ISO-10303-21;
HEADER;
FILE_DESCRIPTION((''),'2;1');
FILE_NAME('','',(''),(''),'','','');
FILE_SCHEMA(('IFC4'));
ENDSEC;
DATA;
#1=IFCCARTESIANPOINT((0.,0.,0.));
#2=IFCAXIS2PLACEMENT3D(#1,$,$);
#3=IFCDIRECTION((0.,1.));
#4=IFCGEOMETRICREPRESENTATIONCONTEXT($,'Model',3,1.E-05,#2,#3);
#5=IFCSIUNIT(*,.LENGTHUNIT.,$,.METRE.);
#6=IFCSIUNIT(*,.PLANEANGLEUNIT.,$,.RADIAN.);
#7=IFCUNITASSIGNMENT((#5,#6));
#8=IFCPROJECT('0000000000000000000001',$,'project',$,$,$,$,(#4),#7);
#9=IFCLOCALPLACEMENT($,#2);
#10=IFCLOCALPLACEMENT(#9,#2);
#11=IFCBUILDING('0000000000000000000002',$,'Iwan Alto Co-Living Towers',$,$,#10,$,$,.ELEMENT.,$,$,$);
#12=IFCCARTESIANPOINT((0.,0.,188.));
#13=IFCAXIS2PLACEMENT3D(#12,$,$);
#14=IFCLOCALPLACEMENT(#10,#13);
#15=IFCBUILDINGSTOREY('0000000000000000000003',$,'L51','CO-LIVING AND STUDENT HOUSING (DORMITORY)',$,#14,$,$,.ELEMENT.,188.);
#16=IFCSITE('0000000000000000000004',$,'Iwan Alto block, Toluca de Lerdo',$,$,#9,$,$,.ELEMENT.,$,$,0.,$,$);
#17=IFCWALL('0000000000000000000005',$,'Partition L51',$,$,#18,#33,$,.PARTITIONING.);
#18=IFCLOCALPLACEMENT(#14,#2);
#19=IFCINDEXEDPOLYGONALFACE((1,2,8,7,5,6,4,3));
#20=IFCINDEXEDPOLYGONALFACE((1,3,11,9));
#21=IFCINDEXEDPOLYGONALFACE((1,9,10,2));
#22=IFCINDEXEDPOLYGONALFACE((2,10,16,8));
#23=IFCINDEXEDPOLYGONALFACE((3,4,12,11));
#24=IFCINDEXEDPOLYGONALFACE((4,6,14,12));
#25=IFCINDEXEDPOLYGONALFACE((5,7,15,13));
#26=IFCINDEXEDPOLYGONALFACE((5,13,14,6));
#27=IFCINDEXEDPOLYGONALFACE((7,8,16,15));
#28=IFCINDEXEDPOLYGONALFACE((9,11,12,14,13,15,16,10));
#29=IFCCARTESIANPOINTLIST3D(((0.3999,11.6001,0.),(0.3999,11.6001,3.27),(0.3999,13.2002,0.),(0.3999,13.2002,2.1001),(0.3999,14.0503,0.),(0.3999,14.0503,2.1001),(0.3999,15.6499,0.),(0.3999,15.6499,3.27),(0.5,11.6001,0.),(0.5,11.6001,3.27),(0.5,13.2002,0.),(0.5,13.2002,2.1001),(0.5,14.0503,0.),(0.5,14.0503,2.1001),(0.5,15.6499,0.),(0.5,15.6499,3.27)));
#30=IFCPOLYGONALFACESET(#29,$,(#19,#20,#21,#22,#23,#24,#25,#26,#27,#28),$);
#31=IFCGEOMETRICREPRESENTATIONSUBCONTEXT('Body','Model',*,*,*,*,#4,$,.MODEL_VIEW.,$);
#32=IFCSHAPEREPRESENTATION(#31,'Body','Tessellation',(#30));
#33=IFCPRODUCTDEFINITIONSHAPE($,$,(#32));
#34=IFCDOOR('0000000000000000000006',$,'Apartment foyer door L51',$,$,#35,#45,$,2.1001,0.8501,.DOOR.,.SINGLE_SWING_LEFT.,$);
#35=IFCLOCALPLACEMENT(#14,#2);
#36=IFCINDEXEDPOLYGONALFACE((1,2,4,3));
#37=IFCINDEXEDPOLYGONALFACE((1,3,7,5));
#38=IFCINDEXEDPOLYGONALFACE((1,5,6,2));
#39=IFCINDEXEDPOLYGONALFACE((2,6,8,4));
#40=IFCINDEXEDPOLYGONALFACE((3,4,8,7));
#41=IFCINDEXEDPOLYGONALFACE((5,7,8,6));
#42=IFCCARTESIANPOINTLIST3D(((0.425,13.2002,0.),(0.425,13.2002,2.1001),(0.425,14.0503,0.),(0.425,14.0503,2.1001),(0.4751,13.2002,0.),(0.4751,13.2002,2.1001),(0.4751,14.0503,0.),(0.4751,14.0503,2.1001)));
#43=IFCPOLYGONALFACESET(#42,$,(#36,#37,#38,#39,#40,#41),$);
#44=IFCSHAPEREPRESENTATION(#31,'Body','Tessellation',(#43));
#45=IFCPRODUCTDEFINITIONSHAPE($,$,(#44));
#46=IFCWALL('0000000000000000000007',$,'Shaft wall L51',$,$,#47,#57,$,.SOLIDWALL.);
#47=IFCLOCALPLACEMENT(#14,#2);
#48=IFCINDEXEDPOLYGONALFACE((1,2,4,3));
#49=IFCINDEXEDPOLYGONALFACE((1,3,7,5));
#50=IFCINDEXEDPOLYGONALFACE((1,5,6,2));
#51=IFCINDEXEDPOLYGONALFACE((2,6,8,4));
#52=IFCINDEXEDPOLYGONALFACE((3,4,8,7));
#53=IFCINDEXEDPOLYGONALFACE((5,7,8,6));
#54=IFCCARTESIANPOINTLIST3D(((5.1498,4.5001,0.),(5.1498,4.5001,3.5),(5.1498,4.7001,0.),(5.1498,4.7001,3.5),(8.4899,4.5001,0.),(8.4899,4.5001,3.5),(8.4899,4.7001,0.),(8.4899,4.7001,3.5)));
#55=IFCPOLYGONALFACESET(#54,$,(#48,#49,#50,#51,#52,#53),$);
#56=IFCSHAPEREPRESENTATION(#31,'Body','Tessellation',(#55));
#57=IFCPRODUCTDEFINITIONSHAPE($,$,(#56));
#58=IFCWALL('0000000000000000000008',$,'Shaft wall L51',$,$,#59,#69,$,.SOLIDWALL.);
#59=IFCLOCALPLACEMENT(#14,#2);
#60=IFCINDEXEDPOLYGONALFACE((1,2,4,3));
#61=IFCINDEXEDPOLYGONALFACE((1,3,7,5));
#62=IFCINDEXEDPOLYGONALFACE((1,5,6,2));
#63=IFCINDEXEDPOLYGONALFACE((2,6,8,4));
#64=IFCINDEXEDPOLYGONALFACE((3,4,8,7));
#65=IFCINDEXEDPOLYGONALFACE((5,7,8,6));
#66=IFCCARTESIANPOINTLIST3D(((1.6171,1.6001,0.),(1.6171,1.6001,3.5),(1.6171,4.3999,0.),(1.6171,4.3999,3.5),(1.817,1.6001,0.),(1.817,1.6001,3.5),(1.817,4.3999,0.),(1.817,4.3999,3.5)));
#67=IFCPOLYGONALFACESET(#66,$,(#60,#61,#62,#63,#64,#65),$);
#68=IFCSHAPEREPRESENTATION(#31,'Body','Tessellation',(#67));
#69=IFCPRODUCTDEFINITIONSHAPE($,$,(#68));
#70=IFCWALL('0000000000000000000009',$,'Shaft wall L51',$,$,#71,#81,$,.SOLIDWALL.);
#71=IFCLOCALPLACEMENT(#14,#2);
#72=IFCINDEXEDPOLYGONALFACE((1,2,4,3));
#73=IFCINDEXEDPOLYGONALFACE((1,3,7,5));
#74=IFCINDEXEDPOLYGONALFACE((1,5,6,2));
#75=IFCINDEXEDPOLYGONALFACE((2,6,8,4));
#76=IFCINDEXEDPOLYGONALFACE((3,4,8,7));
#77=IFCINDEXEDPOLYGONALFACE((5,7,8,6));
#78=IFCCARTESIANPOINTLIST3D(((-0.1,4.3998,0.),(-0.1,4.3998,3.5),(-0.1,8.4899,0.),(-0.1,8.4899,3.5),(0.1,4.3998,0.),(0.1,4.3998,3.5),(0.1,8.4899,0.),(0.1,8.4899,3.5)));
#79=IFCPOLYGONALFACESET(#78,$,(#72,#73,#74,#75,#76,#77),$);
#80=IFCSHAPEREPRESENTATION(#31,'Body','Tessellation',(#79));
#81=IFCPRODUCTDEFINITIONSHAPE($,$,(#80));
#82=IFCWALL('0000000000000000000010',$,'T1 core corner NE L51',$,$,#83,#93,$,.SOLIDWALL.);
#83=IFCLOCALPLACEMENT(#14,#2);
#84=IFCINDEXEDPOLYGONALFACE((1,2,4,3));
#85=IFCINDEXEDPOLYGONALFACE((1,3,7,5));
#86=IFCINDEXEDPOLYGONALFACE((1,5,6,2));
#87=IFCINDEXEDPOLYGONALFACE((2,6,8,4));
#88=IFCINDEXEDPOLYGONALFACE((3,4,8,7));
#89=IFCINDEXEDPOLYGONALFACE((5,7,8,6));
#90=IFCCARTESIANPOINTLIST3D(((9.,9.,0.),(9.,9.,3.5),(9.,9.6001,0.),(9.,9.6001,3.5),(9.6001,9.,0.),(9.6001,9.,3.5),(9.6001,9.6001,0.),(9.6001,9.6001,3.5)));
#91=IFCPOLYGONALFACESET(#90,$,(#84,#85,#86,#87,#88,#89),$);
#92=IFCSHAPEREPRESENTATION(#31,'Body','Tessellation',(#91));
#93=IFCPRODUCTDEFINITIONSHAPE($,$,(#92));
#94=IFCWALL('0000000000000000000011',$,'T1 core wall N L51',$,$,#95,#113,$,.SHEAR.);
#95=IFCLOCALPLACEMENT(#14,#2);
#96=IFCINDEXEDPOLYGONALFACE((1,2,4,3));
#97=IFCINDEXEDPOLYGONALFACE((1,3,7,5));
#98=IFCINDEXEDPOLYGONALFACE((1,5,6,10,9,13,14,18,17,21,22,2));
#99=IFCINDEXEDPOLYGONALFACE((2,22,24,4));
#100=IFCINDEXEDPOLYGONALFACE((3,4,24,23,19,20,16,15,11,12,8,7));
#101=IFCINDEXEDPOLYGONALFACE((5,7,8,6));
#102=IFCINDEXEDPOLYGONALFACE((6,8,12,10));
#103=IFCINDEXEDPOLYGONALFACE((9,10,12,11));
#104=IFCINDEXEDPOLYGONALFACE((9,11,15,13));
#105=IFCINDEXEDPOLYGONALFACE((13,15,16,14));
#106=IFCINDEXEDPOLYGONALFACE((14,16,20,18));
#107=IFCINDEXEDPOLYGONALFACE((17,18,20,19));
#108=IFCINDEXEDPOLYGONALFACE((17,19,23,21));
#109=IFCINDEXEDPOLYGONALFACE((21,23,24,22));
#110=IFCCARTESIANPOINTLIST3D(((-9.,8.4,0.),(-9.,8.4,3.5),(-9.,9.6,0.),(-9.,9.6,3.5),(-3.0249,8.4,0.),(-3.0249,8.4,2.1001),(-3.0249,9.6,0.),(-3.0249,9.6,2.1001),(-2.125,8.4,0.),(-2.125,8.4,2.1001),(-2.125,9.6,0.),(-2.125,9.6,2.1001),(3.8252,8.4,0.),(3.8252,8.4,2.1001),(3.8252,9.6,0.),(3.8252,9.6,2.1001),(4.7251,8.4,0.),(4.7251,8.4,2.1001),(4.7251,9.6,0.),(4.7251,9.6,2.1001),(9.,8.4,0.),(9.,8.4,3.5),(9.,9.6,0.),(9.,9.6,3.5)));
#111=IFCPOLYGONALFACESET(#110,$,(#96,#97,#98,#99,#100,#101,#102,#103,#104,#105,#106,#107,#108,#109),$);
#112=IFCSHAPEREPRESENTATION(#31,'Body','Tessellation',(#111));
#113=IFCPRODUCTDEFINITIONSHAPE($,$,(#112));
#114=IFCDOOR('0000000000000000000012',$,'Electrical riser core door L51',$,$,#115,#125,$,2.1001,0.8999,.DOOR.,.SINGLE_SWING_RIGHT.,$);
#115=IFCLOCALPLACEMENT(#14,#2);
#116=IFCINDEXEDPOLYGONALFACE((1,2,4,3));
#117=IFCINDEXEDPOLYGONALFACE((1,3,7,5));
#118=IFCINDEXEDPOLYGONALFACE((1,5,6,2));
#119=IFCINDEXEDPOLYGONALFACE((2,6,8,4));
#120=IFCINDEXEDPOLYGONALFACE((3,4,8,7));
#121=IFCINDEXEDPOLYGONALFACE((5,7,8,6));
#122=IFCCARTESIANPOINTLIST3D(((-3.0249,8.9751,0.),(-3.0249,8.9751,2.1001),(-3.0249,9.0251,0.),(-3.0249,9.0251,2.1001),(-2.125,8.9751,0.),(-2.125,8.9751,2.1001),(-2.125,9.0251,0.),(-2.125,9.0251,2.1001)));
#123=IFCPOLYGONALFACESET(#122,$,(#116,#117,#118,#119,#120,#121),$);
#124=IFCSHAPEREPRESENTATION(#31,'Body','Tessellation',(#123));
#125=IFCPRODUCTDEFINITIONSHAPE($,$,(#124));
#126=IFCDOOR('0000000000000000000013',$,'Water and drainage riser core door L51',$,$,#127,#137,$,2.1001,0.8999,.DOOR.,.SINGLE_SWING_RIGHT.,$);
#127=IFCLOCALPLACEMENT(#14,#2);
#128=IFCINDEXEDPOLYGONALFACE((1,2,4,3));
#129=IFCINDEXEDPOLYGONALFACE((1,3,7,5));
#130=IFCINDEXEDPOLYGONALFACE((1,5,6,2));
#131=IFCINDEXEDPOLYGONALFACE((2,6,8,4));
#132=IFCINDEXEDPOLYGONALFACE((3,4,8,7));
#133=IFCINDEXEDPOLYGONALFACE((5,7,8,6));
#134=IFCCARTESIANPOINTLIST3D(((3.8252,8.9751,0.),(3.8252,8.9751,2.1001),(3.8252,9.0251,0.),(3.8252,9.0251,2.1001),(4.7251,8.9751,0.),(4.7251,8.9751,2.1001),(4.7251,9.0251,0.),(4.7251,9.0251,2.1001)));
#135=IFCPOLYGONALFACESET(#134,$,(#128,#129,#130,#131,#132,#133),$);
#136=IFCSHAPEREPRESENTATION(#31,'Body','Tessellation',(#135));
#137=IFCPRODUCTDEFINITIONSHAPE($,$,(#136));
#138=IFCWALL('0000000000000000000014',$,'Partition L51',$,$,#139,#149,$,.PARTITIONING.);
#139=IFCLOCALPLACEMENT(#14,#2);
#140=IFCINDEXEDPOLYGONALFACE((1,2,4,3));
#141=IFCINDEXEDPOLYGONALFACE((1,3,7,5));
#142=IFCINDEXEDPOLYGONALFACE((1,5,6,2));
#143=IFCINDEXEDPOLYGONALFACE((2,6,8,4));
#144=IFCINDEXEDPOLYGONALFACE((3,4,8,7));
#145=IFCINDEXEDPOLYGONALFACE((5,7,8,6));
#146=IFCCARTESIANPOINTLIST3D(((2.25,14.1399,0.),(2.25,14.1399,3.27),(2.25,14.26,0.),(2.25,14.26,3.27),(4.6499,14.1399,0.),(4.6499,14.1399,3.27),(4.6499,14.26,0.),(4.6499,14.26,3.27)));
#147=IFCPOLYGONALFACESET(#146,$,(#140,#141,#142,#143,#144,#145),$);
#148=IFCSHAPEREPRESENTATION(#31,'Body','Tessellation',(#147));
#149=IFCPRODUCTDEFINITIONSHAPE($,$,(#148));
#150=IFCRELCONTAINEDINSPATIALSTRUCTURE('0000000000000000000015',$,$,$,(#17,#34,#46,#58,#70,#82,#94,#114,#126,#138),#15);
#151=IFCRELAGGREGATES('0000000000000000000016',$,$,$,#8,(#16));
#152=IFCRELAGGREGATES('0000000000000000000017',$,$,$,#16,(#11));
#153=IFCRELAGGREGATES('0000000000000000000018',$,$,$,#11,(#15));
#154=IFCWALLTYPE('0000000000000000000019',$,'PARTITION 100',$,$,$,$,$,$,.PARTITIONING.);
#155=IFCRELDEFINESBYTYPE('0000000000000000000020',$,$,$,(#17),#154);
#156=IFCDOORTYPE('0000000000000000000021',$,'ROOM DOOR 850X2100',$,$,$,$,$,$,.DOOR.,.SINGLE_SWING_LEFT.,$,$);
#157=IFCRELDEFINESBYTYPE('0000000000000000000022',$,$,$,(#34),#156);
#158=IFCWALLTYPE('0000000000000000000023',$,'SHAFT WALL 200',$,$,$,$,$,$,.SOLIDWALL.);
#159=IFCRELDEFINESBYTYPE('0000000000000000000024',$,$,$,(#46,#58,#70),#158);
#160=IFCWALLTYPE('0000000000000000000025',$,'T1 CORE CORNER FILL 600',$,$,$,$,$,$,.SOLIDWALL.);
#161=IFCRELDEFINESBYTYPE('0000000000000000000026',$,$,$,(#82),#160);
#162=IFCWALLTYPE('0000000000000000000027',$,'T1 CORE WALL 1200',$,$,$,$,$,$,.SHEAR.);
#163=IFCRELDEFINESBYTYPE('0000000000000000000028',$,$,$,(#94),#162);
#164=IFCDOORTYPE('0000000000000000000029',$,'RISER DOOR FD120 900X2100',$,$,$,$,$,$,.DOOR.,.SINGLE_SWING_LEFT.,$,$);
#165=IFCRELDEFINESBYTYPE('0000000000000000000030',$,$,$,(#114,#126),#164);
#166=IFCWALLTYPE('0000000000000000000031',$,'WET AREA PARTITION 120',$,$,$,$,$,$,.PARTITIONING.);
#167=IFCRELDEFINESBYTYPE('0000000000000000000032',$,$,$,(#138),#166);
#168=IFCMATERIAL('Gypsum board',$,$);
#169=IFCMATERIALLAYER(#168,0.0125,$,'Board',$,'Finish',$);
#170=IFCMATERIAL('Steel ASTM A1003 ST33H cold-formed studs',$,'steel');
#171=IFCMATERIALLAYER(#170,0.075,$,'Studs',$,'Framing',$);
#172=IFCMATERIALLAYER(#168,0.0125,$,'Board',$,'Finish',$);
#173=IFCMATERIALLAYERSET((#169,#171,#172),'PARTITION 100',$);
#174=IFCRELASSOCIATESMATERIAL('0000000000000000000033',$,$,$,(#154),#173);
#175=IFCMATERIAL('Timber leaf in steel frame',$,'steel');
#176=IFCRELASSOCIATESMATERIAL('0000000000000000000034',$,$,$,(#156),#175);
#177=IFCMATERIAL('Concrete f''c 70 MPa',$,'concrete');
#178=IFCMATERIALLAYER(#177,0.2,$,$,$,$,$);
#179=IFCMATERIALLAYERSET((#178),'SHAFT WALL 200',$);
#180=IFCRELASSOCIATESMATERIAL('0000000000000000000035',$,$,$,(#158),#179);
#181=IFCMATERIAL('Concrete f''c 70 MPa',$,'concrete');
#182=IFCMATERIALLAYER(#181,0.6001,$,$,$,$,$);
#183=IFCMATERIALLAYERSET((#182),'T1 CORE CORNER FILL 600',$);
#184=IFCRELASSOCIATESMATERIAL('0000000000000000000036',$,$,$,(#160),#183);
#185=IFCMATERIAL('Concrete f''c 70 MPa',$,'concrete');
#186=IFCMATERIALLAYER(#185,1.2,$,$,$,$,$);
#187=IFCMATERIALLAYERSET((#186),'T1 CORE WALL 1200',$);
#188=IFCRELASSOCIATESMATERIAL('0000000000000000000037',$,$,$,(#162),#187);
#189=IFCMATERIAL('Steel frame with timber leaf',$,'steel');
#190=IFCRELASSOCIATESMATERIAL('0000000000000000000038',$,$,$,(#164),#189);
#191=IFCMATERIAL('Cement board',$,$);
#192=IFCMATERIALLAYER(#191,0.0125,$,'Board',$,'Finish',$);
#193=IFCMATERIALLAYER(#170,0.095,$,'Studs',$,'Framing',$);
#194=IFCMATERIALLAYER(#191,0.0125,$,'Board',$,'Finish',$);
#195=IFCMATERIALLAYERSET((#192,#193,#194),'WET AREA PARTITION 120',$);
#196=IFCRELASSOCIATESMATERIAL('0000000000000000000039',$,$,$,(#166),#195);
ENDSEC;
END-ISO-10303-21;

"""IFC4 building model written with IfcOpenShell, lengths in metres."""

from ifc_helpers import new_model, si_unit, direction, frame, frame_2d, origin, place, context, subcontext, project, spatial, rectangle, extrude, material, layer, layer_set, type_object, element, fill, save


model = new_model("IFC4")

# Units and contexts
model_context = context("Model", 3, precision=1e-05, world=origin(), true_north=direction((0.0, 1.0)))
body_context = subcontext(model_context, "Body", "Model", "MODEL_VIEW")
ifc_project = project(units=[si_unit("LENGTHUNIT", "METRE"), si_unit("PLANEANGLEUNIT", "RADIAN")], contexts=[model_context])

# Site, building, storey
site_placement = place(None, origin())
site = spatial("IfcSite", under=ifc_project, at=site_placement, Name="Iwan Alto block, Toluca de Lerdo", CompositionType="ELEMENT", RefElevation=0.0)
building_placement = place(site_placement, origin())
building = spatial("IfcBuilding", under=site, at=building_placement, Name="Iwan Alto Co-Living Towers", CompositionType="ELEMENT")
storey_placement = place(building_placement, frame((0.0, 0.0, 188.0)))
storey = spatial("IfcBuildingStorey", under=building, at=storey_placement, Name="L51", Description="CO-LIVING AND STUDENT HOUSING (DORMITORY)", CompositionType="ELEMENT", Elevation=188.0)

# Shared definitions
ifc_material_1 = material(Name="Gypsum board")
ifc_material_2 = material(Name="Steel ASTM A1003 ST33H cold-formed studs", Category="steel")

# Shared definitions
ifc_layer_1 = layer(ifc_material_1, 0.0125, Name="Board", Category="Finish")
ifc_layer_2 = layer(ifc_material_2, 0.075, Name="Studs", Category="Framing")
ifc_layer_3 = layer(ifc_material_1, 0.0125, Name="Board", Category="Finish")
ifc_layer_set_1 = layer_set([ifc_layer_1, ifc_layer_2, ifc_layer_3], Name="PARTITION 100")
wall_type_1 = type_object("IfcWallType", Name="PARTITION 100", PredefinedType="PARTITIONING", material=ifc_layer_set_1)

# Shared definitions
ifc_material_3 = material(Name="Timber leaf in steel frame", Category="steel")
door_type_1 = type_object("IfcDoorType", Name="ROOM DOOR 850X2100", OperationType="SINGLE_SWING_LEFT", PredefinedType="DOOR", material=ifc_material_3)

# Wall, opening, door
wall_1_placement = place(storey_placement, frame((0.45, 11.6001, 0.0), z_axis=(0.0, 0.0, 1.0), x_axis=(0.0, 1.0, 0.0)))
wall_1 = element("IfcWall", 1, at=wall_1_placement, inside=storey, type_object=wall_type_1, Name="Partition L51", PredefinedType="PARTITIONING", context=body_context, shape_type="SweptSolid", body=[
    extrude(rectangle(XDim=4.0498, YDim=0.1001, at=frame_2d((2.0249, 0.0))), origin(), (0.0, 0.0, 1.0), 3.27),
])
opening_1_placement = place(wall_1_placement, frame((1.6001, 0.0, 0.0)))
opening_1 = element("IfcOpeningElement", 2, at=opening_1_placement, cuts=wall_1, PredefinedType="OPENING", context=body_context, shape_type="SweptSolid", body=[
    extrude(rectangle(XDim=0.8501, YDim=2.1001, at=frame_2d((0.425, 1.05))), frame((0.0, 0.0601, 0.0), z_axis=(0.0, -1.0, 0.0), x_axis=(1.0, 0.0, 0.0)), (0.0, 0.0, 1.0), 0.1201),
])
door_1_placement = place(opening_1_placement, origin())
door_1 = element("IfcDoor", 3, at=door_1_placement, inside=storey, type_object=door_type_1, Name="Apartment foyer door L51", OperationType="SINGLE_SWING_LEFT", OverallHeight=2.1001, OverallWidth=0.8501, PredefinedType="DOOR", context=body_context, shape_type="SweptSolid", body=[
    extrude(rectangle(XDim=0.8501, YDim=2.1001, at=frame_2d((0.425, 1.05))), frame((0.0, 0.0249, 0.0), z_axis=(0.0, -1.0, 0.0), x_axis=(1.0, 0.0, 0.0)), (0.0, 0.0, 1.0), 0.05),
])
fill(opening_1, door_1)

# Walls
ifc_material_4 = material(Name="Concrete f'c 70 MPa", Category="concrete")
ifc_layer_4 = layer(ifc_material_4, 0.2)
ifc_layer_set_2 = layer_set([ifc_layer_4], Name="SHAFT WALL 200")
wall_type_2 = type_object("IfcWallType", Name="SHAFT WALL 200", PredefinedType="SOLIDWALL", material=ifc_layer_set_2)
wall_2_placement = place(storey_placement, frame((5.1499, 4.6001, 0.0), z_axis=(0.0, 0.0, 1.0), x_axis=(1.0, 0.0, 0.0)))
element("IfcWall", 4, at=wall_2_placement, inside=storey, type_object=wall_type_2, Name="Shaft wall L51", PredefinedType="SOLIDWALL", context=body_context, shape_type="SweptSolid", body=[
    extrude(rectangle(XDim=3.3401, YDim=0.2, at=frame_2d((1.6699, 0.0))), origin(), (0.0, 0.0, 1.0), 3.5),
])
wall_3_placement = place(storey_placement, frame((1.717, 1.6001, 0.0), z_axis=(0.0, 0.0, 1.0), x_axis=(0.0, 1.0, 0.0)))
element("IfcWall", 5, at=wall_3_placement, inside=storey, type_object=wall_type_2, Name="Shaft wall L51", PredefinedType="SOLIDWALL", context=body_context, shape_type="SweptSolid", body=[
    extrude(rectangle(XDim=2.7998, YDim=0.2, at=frame_2d((1.3999, 0.0))), origin(), (0.0, 0.0, 1.0), 3.5),
])
wall_4_placement = place(storey_placement, frame((0.0, 4.3999, 0.0), z_axis=(0.0, 0.0, 1.0), x_axis=(0.0, 1.0, 0.0)))
element("IfcWall", 6, at=wall_4_placement, inside=storey, type_object=wall_type_2, Name="Shaft wall L51", PredefinedType="SOLIDWALL", context=body_context, shape_type="SweptSolid", body=[
    extrude(rectangle(XDim=4.0901, YDim=0.2, at=frame_2d((2.0449, 0.0))), origin(), (0.0, 0.0, 1.0), 3.5),
])
ifc_material_5 = material(Name="Concrete f'c 70 MPa", Category="concrete")
ifc_layer_5 = layer(ifc_material_5, 0.6001)
ifc_layer_set_3 = layer_set([ifc_layer_5], Name="T1 CORE CORNER FILL 600")
wall_type_3 = type_object("IfcWallType", Name="T1 CORE CORNER FILL 600", PredefinedType="SOLIDWALL", material=ifc_layer_set_3)
wall_5_placement = place(storey_placement, frame((9.0, 9.3, 0.0), z_axis=(0.0, 0.0, 1.0), x_axis=(1.0, 0.0, 0.0)))
element("IfcWall", 7, at=wall_5_placement, inside=storey, type_object=wall_type_3, Name="T1 core corner NE L51", PredefinedType="SOLIDWALL", context=body_context, shape_type="SweptSolid", body=[
    extrude(rectangle(XDim=0.6001, YDim=0.6001, at=frame_2d((0.3, 0.0))), origin(), (0.0, 0.0, 1.0), 3.5),
])

# Wall, openings, doors
ifc_material_6 = material(Name="Concrete f'c 70 MPa", Category="concrete")
ifc_layer_6 = layer(ifc_material_6, 1.2)
ifc_layer_set_4 = layer_set([ifc_layer_6], Name="T1 CORE WALL 1200")
wall_type_4 = type_object("IfcWallType", Name="T1 CORE WALL 1200", PredefinedType="SHEAR", material=ifc_layer_set_4)
wall_6_placement = place(storey_placement, frame((9.0, 9.0, 0.0), z_axis=(0.0, 0.0, 1.0), x_axis=(-1.0, 0.0, 0.0)))
wall_6 = element("IfcWall", 8, at=wall_6_placement, inside=storey, type_object=wall_type_4, Name="T1 core wall N L51", PredefinedType="SHEAR", context=body_context, shape_type="SweptSolid", body=[
    extrude(rectangle(XDim=18.0, YDim=1.2, at=frame_2d((9.0, 0.0))), origin(), (0.0, 0.0, 1.0), 3.5),
])
opening_2_placement = place(wall_6_placement, frame((11.125, 0.0, 0.0)))
opening_2 = element("IfcOpeningElement", 9, at=opening_2_placement, cuts=wall_6, PredefinedType="OPENING", context=body_context, shape_type="SweptSolid", body=[
    extrude(rectangle(XDim=0.8999, YDim=2.1001, at=frame_2d((0.45, 1.05))), frame((0.0, 0.6099, 0.0), z_axis=(0.0, -1.0, 0.0), x_axis=(1.0, 0.0, 0.0)), (0.0, 0.0, 1.0), 1.22),
])
opening_3_placement = place(wall_6_placement, frame((4.2749, 0.0, 0.0)))
opening_3 = element("IfcOpeningElement", 10, at=opening_3_placement, cuts=wall_6, PredefinedType="OPENING", context=body_context, shape_type="SweptSolid", body=[
    extrude(rectangle(XDim=0.8999, YDim=2.1001, at=frame_2d((0.45, 1.05))), frame((0.0, 0.6099, 0.0), z_axis=(0.0, -1.0, 0.0), x_axis=(1.0, 0.0, 0.0)), (0.0, 0.0, 1.0), 1.22),
])
ifc_material_7 = material(Name="Steel frame with timber leaf", Category="steel")
door_type_2 = type_object("IfcDoorType", Name="RISER DOOR FD120 900X2100", OperationType="SINGLE_SWING_LEFT", PredefinedType="DOOR", material=ifc_material_7)
door_2_placement = place(opening_2_placement, origin())
door_2 = element("IfcDoor", 11, at=door_2_placement, inside=storey, type_object=door_type_2, Name="Electrical riser core door L51", OperationType="SINGLE_SWING_RIGHT", OverallHeight=2.1001, OverallWidth=0.8999, PredefinedType="DOOR", context=body_context, shape_type="SweptSolid", body=[
    extrude(rectangle(XDim=0.8999, YDim=2.1001, at=frame_2d((0.45, 1.05))), frame((0.0, 0.0249, 0.0), z_axis=(0.0, -1.0, 0.0), x_axis=(1.0, 0.0, 0.0)), (0.0, 0.0, 1.0), 0.05),
])
fill(opening_2, door_2)
door_3_placement = place(opening_3_placement, origin())
door_3 = element("IfcDoor", 12, at=door_3_placement, inside=storey, type_object=door_type_2, Name="Water and drainage riser core door L51", OperationType="SINGLE_SWING_RIGHT", OverallHeight=2.1001, OverallWidth=0.8999, PredefinedType="DOOR", context=body_context, shape_type="SweptSolid", body=[
    extrude(rectangle(XDim=0.8999, YDim=2.1001, at=frame_2d((0.45, 1.05))), frame((0.0, 0.0249, 0.0), z_axis=(0.0, -1.0, 0.0), x_axis=(1.0, 0.0, 0.0)), (0.0, 0.0, 1.0), 0.05),
])
fill(opening_3, door_3)

# Wall
ifc_material_8 = material(Name="Cement board")
ifc_layer_7 = layer(ifc_material_8, 0.0125, Name="Board", Category="Finish")
ifc_layer_8 = layer(ifc_material_2, 0.095, Name="Studs", Category="Framing")
ifc_layer_9 = layer(ifc_material_8, 0.0125, Name="Board", Category="Finish")
ifc_layer_set_5 = layer_set([ifc_layer_7, ifc_layer_8, ifc_layer_9], Name="WET AREA PARTITION 120")
wall_type_5 = type_object("IfcWallType", Name="WET AREA PARTITION 120", PredefinedType="PARTITIONING", material=ifc_layer_set_5)
wall_7_placement = place(storey_placement, frame((2.25, 14.2, 0.0), z_axis=(0.0, 0.0, 1.0), x_axis=(1.0, 0.0, 0.0)))
element("IfcWall", 13, at=wall_7_placement, inside=storey, type_object=wall_type_5, Name="Partition L51", PredefinedType="PARTITIONING", context=body_context, shape_type="SweptSolid", body=[
    extrude(rectangle(XDim=2.3999, YDim=0.1201, at=frame_2d((1.2, 0.0))), origin(), (0.0, 0.0, 1.0), 3.27),
])

save(model, "model.ifc")
